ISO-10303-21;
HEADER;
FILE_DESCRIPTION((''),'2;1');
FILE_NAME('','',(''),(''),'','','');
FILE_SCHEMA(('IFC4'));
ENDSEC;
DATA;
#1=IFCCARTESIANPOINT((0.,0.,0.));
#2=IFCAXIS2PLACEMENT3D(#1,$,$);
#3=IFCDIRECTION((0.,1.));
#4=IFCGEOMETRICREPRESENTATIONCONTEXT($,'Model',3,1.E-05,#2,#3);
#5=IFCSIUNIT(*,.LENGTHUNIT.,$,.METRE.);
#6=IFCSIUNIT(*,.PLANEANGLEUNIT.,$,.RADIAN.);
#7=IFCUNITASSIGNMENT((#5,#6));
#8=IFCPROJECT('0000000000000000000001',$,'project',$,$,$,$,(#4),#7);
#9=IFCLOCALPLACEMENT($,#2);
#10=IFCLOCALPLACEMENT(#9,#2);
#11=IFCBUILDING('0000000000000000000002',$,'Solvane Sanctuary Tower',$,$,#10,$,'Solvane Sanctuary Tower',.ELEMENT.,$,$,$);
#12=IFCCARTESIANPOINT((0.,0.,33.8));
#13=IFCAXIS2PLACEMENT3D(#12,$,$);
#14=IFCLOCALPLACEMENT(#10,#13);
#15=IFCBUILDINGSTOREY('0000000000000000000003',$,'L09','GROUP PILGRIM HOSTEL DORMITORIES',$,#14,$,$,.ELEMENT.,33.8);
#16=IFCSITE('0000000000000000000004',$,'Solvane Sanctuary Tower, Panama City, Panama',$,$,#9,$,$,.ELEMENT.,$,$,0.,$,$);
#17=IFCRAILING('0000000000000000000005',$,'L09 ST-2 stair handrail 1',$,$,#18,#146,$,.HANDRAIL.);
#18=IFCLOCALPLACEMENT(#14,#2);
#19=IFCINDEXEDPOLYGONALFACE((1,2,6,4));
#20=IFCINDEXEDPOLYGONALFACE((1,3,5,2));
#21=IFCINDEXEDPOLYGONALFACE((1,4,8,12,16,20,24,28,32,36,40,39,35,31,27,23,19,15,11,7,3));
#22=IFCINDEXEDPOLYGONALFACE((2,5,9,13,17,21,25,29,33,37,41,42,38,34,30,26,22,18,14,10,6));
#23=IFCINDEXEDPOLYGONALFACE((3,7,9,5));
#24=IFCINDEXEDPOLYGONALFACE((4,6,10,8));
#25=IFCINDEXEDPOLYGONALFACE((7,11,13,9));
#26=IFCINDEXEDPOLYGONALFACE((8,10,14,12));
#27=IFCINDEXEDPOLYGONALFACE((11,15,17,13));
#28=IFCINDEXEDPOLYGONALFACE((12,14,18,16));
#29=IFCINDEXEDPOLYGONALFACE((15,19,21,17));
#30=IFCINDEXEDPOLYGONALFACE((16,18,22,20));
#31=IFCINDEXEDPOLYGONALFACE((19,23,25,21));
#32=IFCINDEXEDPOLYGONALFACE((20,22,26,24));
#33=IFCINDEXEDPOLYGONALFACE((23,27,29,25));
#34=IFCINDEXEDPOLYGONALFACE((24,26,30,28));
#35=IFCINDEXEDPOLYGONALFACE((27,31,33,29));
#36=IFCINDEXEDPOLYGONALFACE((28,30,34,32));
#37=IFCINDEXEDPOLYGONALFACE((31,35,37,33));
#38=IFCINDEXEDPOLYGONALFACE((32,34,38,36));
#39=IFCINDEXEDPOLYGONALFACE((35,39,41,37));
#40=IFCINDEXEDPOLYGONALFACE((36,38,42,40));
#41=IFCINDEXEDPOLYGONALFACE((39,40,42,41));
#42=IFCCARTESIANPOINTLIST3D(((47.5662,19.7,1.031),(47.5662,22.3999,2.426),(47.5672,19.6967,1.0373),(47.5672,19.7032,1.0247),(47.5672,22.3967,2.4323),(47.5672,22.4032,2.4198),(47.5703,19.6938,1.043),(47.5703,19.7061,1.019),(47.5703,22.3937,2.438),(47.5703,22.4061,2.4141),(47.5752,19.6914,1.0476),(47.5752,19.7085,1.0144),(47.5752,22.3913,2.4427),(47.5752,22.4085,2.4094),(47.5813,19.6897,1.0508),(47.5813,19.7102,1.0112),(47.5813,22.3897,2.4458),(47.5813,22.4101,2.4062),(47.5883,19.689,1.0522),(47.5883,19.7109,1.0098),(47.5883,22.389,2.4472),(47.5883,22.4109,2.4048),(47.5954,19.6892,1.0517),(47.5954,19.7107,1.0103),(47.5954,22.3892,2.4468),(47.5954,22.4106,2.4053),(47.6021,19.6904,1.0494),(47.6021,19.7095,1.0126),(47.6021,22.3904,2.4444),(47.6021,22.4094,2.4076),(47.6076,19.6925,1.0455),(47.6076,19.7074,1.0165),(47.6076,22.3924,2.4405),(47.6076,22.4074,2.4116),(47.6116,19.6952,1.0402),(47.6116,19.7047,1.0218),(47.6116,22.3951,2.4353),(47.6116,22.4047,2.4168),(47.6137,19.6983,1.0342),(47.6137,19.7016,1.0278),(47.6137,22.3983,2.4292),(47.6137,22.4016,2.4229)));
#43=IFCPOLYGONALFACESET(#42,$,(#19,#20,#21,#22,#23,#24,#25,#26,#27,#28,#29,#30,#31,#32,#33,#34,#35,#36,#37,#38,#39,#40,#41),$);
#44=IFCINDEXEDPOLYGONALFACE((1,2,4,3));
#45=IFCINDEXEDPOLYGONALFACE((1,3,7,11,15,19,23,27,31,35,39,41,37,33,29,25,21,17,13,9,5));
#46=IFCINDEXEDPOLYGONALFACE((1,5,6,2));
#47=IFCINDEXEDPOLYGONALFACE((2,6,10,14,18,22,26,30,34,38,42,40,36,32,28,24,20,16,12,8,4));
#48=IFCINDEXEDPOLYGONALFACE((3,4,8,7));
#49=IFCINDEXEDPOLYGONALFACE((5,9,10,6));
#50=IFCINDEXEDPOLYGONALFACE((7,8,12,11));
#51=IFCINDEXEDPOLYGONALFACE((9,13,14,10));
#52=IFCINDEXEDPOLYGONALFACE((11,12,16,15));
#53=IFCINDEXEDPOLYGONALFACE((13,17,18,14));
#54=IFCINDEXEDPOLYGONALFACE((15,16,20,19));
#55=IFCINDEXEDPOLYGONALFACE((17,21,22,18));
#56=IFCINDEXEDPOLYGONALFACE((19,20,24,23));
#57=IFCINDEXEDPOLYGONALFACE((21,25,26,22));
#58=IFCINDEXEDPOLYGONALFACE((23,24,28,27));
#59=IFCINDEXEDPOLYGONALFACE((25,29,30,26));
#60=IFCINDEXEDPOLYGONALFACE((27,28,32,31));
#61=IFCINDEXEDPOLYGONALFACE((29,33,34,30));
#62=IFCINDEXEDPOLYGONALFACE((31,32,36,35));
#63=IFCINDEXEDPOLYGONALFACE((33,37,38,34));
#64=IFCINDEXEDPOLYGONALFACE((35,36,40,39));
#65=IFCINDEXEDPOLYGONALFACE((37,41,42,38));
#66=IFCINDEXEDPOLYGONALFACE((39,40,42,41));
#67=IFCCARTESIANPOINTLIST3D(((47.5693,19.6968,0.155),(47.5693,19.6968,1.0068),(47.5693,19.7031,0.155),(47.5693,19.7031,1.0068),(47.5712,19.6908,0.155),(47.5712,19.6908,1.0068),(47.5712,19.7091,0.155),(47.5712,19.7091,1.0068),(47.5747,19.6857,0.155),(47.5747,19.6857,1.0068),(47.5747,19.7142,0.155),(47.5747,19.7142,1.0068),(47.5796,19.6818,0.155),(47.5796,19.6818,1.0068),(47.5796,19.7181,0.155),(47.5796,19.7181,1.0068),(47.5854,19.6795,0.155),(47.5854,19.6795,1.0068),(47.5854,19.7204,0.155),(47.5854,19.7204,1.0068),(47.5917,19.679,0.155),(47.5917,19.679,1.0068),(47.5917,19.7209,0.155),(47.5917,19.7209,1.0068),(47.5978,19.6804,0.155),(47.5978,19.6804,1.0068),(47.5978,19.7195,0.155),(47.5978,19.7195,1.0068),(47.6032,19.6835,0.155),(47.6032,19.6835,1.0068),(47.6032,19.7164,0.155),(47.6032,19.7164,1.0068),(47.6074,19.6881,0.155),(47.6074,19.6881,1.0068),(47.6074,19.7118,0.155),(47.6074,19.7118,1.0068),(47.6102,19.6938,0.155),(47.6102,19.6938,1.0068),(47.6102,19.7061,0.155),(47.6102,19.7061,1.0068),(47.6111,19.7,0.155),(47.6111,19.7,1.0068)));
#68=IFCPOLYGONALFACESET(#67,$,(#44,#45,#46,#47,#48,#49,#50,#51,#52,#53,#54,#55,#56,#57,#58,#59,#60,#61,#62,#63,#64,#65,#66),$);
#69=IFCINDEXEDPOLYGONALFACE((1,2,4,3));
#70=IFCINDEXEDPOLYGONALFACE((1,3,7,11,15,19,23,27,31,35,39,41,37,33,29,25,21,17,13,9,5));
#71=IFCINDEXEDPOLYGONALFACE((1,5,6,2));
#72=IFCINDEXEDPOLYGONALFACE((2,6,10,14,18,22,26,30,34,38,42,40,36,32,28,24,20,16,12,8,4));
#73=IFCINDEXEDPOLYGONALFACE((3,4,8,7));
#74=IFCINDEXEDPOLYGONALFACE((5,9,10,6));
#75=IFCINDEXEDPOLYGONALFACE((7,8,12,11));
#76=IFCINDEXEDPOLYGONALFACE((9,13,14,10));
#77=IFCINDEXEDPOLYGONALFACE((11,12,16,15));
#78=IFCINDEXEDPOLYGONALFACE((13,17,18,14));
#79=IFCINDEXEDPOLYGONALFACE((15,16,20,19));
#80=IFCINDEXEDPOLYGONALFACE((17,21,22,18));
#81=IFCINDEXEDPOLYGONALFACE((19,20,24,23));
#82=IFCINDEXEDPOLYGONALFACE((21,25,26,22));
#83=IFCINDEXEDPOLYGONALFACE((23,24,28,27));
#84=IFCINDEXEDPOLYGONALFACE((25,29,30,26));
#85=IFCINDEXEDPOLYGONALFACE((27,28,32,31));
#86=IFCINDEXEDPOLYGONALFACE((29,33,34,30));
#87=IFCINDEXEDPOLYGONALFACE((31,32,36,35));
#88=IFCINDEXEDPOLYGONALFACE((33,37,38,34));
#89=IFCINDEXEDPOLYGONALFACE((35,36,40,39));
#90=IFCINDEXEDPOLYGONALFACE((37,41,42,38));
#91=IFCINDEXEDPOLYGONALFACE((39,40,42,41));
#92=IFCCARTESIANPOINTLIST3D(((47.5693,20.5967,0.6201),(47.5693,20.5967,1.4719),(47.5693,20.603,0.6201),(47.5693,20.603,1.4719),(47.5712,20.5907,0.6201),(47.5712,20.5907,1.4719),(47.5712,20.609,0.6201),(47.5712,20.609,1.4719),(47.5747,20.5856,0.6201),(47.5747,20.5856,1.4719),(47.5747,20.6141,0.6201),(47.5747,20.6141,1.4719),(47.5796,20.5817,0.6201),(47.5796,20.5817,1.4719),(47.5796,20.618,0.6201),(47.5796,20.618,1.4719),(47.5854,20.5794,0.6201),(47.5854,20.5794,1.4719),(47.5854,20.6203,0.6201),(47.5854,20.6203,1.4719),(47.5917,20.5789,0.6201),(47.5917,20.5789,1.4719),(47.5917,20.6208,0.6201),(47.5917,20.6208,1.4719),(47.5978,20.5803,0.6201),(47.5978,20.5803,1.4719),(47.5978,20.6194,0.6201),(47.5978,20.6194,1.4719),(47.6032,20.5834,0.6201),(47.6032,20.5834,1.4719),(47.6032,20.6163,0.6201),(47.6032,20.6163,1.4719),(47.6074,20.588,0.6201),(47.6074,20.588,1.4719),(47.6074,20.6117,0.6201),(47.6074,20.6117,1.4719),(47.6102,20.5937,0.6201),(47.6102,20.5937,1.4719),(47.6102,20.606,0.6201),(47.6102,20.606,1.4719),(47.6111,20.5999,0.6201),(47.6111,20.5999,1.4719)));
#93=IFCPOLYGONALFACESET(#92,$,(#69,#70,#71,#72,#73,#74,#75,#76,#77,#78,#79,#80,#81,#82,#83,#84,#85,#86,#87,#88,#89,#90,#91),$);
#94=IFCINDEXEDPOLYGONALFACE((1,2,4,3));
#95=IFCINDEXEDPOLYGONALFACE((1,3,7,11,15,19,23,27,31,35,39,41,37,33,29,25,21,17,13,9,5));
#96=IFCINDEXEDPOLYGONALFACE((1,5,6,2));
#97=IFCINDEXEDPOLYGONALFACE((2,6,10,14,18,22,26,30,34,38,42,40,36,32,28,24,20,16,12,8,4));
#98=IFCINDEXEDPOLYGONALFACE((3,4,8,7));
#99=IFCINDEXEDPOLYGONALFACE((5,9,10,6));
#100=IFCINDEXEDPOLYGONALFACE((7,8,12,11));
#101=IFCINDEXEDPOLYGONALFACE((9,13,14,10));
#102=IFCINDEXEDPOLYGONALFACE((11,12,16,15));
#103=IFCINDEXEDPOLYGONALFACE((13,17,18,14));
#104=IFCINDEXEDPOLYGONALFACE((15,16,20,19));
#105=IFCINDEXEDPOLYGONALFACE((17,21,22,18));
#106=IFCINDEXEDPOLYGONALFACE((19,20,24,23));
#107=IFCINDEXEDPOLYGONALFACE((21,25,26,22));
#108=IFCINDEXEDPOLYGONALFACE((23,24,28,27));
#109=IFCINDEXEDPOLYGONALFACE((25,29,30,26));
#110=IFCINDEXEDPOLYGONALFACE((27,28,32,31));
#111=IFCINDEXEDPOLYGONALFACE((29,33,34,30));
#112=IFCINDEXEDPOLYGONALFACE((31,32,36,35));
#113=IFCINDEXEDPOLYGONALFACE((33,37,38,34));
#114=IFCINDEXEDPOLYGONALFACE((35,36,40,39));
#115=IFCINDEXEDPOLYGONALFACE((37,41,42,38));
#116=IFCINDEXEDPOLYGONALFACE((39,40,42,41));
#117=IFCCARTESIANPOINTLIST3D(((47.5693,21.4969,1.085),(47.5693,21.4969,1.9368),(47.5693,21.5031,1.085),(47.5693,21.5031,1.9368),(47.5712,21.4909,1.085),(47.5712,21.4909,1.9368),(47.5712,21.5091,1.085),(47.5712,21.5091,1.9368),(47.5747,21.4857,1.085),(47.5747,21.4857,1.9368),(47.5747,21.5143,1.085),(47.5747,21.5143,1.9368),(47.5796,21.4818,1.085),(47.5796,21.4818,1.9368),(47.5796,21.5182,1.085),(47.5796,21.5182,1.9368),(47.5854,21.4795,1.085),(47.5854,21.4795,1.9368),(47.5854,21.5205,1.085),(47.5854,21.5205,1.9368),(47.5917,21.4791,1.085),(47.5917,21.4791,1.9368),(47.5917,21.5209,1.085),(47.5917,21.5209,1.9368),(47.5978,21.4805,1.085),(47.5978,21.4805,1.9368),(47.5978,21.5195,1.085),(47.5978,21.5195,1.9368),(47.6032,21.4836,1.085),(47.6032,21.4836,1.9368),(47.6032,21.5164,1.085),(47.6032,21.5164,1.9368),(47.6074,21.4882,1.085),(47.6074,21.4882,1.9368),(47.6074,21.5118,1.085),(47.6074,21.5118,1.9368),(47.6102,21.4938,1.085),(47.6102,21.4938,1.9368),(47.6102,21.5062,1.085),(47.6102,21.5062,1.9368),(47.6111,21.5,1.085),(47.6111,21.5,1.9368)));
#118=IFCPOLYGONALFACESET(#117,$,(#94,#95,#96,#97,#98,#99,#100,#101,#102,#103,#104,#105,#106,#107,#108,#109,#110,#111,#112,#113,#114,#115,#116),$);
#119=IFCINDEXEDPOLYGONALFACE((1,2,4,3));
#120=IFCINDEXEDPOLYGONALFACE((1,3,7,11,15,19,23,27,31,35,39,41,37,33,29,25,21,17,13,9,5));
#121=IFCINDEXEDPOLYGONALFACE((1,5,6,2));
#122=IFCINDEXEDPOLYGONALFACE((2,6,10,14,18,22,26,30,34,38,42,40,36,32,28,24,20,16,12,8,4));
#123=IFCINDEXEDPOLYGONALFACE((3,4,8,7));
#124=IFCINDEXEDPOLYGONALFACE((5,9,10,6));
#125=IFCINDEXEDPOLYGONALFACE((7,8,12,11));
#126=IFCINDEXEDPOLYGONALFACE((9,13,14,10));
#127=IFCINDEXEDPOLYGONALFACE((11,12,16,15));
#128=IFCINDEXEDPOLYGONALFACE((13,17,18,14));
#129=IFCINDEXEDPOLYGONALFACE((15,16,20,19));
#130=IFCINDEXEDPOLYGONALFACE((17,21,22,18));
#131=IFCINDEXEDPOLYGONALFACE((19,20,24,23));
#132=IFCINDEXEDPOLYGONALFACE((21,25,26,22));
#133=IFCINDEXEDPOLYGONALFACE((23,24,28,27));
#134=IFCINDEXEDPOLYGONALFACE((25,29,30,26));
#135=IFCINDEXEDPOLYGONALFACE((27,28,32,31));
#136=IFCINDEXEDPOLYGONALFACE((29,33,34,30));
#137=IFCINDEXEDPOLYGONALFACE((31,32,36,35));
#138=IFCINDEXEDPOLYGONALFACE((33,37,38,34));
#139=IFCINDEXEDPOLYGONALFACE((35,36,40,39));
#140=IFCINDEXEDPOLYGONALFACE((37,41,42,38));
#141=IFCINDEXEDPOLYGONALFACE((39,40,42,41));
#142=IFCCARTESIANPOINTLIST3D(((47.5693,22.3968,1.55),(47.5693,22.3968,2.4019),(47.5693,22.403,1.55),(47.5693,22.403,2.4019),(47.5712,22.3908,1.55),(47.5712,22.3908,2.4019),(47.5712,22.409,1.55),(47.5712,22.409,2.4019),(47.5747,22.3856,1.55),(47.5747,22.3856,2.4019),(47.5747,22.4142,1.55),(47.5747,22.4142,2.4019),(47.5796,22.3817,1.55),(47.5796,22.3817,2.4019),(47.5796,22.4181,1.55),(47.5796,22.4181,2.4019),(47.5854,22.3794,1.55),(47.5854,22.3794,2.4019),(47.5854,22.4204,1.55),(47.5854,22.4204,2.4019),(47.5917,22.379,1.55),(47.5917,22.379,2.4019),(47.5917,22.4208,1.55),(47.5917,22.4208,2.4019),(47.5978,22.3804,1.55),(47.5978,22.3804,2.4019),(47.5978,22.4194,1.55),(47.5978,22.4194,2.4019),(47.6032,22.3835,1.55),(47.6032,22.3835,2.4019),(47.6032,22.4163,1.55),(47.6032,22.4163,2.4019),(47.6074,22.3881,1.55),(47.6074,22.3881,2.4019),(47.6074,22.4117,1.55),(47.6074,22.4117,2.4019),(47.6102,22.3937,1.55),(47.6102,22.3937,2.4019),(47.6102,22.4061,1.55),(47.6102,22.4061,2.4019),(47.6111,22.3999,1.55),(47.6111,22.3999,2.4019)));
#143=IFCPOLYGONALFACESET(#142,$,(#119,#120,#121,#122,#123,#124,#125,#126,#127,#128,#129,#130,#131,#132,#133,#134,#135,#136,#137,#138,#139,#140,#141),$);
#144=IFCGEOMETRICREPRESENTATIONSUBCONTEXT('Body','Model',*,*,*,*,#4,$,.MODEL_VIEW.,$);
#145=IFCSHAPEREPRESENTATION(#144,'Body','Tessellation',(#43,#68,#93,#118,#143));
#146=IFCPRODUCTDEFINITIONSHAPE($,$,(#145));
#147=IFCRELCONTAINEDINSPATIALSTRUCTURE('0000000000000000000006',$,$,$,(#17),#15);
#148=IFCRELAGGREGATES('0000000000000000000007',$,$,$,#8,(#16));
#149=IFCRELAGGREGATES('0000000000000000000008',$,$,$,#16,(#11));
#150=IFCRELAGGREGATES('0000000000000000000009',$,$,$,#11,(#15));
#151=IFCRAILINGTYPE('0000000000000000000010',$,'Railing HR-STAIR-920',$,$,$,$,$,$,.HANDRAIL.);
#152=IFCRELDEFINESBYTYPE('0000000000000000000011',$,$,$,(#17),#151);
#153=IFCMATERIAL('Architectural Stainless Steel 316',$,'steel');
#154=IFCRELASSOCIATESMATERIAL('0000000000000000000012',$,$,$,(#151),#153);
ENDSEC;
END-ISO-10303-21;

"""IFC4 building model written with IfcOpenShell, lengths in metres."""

from ifc_helpers import new_model, si_unit, direction, frame, origin, origin_2d, place, context, subcontext, project, spatial, circle, extrude, material, type_object, element, save


model = new_model("IFC4")

# Units and contexts
model_context = context("Model", 3, precision=1e-05, world=origin(), true_north=direction((0.0, 1.0)))
body_context = subcontext(model_context, "Body", "Model", "MODEL_VIEW")
ifc_project = project(units=[si_unit("LENGTHUNIT", "METRE"), si_unit("PLANEANGLEUNIT", "RADIAN")], contexts=[model_context])

# Site, building, storey
site_placement = place(None, origin())
site = spatial("IfcSite", under=ifc_project, at=site_placement, Name="Solvane Sanctuary Tower, Panama City, Panama", CompositionType="ELEMENT", RefElevation=0.0)
building_placement = place(site_placement, origin())
building = spatial("IfcBuilding", under=site, at=building_placement, Name="Solvane Sanctuary Tower", LongName="Solvane Sanctuary Tower", CompositionType="ELEMENT")
storey_placement = place(building_placement, frame((0.0, 0.0, 33.8)))
storey = spatial("IfcBuildingStorey", under=building, at=storey_placement, Name="L09", Description="GROUP PILGRIM HOSTEL DORMITORIES", CompositionType="ELEMENT", Elevation=33.8)

# Shared definitions
ifc_material_1 = material(Name="Architectural Stainless Steel 316", Category="steel")

# Railing
railing_type_1 = type_object("IfcRailingType", Name="Railing HR-STAIR-920", PredefinedType="HANDRAIL", material=ifc_material_1)
railing_1_placement = place(storey_placement, frame((47.5901, 19.7, 0.155)))
element("IfcRailing", 1, at=railing_1_placement, inside=storey, type_object=railing_type_1, Name="L09 ST-2 stair handrail 1", PredefinedType="HANDRAIL", context=body_context, shape_type="SweptSolid", body=[
    extrude(circle(Radius=0.0239, at=origin_2d()), frame((0.0, 0.0, 0.876), z_axis=(0.0, 0.88842, 0.459032), x_axis=(-1.0, 0.0, 0.0)), (0.0, 0.0, 1.0), 3.0391),
    extrude(circle(Radius=0.021, at=origin_2d()), origin(), (0.0, 0.0, 1.0), 0.8518),
    extrude(circle(Radius=0.021, at=origin_2d()), frame((0.0, 0.8999, 0.4651)), (0.0, 0.0, 1.0), 0.8518),
    extrude(circle(Radius=0.021, at=origin_2d()), frame((0.0, 1.8, 0.9299)), (0.0, 0.0, 1.0), 0.8518),
    extrude(circle(Radius=0.021, at=origin_2d()), frame((0.0, 2.7, 1.395)), (0.0, 0.0, 1.0), 0.8518),
])

save(model, "model.ifc")
